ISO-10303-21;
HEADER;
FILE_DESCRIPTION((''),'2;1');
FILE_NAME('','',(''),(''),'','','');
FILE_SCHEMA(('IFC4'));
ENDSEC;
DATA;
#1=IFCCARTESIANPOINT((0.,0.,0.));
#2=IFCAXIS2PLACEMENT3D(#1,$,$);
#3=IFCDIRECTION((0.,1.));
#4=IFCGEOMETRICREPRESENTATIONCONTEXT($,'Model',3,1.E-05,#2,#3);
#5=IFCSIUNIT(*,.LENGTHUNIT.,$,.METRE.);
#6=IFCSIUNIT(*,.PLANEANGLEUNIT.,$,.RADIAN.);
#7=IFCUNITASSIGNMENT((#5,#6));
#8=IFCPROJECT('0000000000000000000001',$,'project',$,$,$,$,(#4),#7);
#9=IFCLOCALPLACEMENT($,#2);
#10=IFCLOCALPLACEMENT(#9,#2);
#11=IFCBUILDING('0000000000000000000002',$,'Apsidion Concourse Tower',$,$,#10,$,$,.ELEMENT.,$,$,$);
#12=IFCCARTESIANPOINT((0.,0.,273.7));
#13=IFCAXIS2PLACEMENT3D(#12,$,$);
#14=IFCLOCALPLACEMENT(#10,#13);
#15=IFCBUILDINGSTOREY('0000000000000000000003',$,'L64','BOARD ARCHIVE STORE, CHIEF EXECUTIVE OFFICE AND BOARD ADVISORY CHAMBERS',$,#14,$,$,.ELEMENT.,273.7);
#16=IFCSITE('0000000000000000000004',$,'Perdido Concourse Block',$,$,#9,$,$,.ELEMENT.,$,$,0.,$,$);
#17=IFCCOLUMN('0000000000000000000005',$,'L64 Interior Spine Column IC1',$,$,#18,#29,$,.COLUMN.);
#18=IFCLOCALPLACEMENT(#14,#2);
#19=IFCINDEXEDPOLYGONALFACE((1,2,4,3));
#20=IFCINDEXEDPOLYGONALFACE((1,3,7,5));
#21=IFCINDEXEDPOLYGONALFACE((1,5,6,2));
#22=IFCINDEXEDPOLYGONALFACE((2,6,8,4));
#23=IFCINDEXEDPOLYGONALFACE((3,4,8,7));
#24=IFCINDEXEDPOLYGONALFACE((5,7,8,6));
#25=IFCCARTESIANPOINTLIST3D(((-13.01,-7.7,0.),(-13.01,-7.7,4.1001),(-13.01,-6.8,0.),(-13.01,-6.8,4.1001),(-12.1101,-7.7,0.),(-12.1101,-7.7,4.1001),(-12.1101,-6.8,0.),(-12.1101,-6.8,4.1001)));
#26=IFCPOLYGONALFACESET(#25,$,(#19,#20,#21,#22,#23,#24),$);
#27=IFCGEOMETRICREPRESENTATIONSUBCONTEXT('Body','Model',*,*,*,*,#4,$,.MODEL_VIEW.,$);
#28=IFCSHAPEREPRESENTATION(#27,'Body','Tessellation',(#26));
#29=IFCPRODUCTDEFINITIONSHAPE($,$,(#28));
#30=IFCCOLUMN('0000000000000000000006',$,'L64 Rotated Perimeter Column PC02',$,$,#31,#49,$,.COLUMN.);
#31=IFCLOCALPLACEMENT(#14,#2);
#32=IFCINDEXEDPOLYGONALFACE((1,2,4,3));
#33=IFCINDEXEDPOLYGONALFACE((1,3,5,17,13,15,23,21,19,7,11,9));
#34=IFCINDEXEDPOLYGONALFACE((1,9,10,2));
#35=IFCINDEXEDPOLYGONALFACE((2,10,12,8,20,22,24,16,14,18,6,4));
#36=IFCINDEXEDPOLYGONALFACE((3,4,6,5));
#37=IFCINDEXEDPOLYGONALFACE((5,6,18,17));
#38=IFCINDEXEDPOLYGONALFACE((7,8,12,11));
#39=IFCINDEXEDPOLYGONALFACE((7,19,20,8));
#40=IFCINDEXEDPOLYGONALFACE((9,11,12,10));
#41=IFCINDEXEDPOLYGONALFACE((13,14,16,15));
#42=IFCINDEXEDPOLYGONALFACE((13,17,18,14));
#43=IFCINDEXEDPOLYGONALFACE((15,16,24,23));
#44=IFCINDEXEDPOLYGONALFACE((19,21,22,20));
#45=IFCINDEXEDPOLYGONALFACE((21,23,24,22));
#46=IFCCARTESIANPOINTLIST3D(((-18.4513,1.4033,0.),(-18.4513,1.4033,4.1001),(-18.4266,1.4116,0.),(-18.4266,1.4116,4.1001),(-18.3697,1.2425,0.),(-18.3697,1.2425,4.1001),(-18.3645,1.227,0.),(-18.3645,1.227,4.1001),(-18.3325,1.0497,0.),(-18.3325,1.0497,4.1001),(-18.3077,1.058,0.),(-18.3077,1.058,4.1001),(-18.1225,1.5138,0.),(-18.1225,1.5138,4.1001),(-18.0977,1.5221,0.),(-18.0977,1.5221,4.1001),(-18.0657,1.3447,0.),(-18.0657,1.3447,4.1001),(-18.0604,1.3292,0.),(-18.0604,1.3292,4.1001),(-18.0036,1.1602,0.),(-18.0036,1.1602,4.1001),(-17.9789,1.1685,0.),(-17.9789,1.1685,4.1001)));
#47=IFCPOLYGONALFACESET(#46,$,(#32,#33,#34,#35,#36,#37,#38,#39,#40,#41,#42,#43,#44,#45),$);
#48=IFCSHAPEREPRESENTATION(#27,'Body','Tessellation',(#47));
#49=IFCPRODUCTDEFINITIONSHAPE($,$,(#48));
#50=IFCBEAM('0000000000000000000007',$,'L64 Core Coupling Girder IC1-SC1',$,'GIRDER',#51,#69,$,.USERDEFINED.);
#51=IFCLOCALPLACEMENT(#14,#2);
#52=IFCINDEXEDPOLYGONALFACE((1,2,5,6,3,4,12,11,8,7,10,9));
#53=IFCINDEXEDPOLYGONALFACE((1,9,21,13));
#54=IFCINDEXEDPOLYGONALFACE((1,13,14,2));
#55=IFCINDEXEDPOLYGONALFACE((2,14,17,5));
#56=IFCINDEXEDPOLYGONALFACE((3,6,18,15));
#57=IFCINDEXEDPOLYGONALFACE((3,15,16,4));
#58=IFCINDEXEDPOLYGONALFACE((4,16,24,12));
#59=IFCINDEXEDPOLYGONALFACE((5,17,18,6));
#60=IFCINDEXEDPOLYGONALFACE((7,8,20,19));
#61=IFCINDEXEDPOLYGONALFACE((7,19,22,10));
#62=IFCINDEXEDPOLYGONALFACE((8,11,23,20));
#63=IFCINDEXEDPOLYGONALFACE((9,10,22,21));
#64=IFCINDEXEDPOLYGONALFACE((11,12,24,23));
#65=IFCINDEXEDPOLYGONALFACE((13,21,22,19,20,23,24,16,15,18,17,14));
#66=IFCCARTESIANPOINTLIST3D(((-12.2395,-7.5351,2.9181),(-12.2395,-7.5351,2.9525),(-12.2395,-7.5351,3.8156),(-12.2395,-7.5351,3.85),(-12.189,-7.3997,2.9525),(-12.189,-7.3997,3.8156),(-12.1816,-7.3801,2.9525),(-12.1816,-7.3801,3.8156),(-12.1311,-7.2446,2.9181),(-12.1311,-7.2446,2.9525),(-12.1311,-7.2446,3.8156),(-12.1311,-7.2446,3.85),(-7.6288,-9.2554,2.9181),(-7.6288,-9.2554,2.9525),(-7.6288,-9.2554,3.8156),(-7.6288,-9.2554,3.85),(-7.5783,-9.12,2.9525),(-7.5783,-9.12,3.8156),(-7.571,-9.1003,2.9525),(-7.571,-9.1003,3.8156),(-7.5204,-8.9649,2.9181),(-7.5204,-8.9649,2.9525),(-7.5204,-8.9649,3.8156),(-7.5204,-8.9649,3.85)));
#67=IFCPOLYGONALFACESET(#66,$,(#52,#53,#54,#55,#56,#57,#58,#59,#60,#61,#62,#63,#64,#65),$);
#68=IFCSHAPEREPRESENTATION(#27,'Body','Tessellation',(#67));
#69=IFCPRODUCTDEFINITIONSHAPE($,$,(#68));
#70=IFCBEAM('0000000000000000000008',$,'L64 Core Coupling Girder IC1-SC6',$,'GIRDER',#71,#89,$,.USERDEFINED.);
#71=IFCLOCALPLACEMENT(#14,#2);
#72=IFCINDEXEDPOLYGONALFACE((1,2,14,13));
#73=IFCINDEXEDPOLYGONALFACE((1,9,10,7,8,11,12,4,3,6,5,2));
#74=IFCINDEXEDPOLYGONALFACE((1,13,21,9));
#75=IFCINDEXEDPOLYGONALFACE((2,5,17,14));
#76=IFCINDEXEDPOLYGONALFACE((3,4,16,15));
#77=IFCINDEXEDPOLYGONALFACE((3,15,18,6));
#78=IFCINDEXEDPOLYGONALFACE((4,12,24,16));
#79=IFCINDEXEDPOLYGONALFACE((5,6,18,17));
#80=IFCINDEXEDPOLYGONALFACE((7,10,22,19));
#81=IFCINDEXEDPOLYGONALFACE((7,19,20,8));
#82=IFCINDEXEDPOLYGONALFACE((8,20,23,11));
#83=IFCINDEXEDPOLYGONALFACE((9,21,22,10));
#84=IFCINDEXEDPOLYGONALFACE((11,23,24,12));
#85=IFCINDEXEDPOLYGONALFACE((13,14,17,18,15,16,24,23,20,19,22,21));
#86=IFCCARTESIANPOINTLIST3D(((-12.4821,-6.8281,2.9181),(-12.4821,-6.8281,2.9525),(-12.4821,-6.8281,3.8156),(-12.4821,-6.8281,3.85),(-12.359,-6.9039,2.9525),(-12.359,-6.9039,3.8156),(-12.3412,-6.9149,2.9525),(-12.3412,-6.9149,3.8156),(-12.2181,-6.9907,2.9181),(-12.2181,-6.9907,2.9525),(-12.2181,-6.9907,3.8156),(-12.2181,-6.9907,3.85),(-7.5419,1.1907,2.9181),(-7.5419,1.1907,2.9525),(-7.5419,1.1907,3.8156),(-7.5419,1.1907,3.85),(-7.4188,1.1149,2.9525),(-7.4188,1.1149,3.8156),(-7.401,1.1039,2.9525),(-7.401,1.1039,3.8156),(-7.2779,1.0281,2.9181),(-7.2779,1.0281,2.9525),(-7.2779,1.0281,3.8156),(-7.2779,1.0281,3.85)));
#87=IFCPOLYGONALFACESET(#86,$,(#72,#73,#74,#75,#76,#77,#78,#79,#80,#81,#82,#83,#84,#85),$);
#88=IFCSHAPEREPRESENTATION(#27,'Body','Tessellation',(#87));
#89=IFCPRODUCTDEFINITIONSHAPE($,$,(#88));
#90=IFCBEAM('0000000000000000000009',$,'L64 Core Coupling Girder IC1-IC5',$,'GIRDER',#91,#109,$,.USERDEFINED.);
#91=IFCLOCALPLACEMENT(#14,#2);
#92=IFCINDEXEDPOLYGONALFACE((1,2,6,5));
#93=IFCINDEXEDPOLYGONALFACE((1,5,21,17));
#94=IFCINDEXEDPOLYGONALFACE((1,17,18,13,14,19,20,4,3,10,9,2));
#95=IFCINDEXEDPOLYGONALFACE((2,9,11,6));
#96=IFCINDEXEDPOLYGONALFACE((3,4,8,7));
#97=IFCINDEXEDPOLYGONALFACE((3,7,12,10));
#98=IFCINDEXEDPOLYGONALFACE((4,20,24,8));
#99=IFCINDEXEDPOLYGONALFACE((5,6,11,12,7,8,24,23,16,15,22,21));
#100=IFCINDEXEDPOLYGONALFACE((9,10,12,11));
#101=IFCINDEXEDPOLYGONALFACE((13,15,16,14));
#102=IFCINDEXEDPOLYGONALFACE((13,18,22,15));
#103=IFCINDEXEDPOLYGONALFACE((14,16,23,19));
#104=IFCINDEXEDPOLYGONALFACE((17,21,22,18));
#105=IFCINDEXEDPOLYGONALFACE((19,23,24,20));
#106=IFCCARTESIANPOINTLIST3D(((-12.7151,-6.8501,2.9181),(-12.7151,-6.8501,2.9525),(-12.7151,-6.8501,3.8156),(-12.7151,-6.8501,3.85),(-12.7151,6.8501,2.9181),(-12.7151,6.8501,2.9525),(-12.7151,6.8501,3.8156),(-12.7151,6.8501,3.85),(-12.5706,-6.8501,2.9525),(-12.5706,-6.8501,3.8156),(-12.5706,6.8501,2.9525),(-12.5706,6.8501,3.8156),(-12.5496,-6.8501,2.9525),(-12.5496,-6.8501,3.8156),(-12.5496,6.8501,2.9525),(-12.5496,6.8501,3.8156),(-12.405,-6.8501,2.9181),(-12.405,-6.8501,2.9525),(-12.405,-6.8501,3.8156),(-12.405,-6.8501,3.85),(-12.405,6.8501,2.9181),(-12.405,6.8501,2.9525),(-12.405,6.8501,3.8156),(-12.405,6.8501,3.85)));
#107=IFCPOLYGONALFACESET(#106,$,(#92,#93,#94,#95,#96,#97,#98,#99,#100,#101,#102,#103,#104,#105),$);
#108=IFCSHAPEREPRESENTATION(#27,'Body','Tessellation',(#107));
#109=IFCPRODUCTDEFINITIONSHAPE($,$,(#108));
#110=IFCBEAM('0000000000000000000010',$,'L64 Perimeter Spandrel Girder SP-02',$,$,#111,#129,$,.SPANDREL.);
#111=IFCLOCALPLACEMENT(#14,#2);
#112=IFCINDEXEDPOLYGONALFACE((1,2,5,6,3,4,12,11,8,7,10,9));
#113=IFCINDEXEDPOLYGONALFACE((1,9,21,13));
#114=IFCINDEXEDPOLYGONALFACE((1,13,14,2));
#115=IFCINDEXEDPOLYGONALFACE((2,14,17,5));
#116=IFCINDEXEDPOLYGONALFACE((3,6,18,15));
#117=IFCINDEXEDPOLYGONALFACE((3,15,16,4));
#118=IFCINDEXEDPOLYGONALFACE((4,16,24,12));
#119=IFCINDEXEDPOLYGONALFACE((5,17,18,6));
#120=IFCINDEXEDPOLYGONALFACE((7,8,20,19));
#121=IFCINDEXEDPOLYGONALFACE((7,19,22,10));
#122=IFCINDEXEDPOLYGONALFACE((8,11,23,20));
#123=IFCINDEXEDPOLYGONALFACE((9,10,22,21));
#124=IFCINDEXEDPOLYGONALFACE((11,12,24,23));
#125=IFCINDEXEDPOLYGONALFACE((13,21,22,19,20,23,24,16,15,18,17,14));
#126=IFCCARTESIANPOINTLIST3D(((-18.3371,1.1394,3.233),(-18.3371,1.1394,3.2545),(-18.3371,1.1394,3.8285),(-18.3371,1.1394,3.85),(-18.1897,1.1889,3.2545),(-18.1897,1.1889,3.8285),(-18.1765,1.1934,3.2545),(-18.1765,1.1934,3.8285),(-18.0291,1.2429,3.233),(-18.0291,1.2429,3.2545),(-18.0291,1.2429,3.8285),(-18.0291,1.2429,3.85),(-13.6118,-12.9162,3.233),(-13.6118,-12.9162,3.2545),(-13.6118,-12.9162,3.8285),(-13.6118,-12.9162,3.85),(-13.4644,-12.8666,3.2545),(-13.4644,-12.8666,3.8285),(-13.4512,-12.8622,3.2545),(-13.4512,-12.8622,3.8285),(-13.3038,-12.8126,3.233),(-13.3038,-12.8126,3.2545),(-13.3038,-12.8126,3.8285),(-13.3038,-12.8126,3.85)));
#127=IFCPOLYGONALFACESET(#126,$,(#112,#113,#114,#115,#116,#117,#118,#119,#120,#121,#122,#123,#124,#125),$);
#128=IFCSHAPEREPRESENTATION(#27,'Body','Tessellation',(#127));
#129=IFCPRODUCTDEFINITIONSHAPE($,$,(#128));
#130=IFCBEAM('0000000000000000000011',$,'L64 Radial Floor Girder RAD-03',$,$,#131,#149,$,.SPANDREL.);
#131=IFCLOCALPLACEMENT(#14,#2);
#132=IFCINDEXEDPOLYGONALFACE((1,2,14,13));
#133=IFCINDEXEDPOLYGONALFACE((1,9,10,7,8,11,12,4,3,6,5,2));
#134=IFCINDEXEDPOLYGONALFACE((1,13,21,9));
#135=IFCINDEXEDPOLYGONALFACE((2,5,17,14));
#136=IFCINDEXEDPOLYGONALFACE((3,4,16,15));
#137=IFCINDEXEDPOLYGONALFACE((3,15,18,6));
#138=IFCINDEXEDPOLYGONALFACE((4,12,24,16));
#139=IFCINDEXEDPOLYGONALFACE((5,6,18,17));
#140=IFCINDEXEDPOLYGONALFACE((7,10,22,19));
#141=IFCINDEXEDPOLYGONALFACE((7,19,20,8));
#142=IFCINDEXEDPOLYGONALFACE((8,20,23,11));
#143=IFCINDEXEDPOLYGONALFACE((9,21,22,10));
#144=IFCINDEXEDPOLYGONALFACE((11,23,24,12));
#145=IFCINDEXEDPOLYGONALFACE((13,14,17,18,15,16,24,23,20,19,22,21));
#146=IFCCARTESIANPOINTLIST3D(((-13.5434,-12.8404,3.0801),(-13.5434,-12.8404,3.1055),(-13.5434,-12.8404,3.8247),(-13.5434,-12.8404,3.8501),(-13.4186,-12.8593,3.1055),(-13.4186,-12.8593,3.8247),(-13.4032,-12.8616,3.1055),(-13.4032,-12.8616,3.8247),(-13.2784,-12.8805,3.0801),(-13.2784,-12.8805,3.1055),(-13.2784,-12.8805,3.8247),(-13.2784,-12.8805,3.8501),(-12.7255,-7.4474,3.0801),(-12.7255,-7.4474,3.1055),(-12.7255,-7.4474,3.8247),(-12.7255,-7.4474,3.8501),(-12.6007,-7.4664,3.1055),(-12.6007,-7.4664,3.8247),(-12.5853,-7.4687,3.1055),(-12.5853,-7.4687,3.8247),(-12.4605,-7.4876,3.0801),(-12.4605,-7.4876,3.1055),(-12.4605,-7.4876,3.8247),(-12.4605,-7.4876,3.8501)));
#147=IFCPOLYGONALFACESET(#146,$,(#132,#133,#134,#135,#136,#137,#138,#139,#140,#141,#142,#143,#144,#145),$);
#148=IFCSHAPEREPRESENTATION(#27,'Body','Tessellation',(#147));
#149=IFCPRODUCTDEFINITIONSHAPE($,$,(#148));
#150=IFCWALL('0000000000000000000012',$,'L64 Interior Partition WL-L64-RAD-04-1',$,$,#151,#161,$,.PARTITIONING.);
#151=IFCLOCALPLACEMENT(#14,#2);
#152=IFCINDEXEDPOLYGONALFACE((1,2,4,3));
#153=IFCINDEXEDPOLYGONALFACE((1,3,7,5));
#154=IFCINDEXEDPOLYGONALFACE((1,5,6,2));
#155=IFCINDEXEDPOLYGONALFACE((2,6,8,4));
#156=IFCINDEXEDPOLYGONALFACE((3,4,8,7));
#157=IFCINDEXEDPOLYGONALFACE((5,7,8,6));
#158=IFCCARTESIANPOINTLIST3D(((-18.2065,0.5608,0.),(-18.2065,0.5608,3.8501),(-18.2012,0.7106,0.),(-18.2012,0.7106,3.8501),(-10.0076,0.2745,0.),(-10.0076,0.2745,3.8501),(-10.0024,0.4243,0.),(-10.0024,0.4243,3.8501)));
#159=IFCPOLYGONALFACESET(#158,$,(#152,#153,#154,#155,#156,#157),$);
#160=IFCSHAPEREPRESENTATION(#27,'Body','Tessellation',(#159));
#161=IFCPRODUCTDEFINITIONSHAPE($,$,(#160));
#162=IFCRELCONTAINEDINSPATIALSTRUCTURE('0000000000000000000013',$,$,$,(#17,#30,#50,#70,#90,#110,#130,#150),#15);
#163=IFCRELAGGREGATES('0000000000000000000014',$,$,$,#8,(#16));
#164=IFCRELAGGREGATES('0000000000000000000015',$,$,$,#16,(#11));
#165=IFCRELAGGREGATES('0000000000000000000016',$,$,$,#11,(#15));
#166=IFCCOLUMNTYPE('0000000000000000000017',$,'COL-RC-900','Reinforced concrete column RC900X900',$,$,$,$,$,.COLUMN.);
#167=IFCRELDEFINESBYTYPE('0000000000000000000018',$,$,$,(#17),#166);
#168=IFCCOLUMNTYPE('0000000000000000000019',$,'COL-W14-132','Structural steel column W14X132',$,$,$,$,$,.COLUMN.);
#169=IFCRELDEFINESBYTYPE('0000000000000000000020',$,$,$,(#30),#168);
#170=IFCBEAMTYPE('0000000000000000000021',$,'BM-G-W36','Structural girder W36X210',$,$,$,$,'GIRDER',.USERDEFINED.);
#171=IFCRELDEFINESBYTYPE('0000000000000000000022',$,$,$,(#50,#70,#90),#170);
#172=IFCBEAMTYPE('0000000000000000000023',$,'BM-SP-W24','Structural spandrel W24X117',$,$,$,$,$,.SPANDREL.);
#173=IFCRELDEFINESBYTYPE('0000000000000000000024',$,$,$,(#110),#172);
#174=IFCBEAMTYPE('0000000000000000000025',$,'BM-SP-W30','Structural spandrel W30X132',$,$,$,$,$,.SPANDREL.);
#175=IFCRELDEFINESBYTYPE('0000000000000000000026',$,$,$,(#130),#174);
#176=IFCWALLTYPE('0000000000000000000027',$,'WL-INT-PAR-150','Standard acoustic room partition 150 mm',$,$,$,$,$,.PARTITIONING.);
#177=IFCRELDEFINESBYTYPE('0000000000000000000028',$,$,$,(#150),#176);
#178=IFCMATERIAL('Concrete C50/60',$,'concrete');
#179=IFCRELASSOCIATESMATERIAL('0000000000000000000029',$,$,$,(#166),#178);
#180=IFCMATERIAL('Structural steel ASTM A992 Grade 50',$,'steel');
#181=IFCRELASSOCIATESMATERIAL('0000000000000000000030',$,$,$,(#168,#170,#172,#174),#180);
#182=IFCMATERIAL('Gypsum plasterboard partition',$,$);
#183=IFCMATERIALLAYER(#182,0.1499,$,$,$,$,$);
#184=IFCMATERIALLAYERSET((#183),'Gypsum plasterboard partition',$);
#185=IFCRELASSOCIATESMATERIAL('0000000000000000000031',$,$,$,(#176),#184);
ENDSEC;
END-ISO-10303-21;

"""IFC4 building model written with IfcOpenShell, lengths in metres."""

from ifc_helpers import new_model, si_unit, direction, frame, frame_2d, origin, origin_2d, place, context, subcontext, project, spatial, rectangle, i_section, extrude, material, layer, layer_set, material_profile, profile_set, type_object, element, save


model = new_model("IFC4")

# Units and contexts
model_context = context("Model", 3, precision=1e-05, world=origin(), true_north=direction((0.0, 1.0)))
body_context = subcontext(model_context, "Body", "Model", "MODEL_VIEW")
ifc_project = project(units=[si_unit("LENGTHUNIT", "METRE"), si_unit("PLANEANGLEUNIT", "RADIAN")], contexts=[model_context])

# Site, building, storey
site_placement = place(None, origin())
site = spatial("IfcSite", under=ifc_project, at=site_placement, Name="Perdido Concourse Block", CompositionType="ELEMENT", RefElevation=0.0)
building_placement = place(site_placement, origin())
building = spatial("IfcBuilding", under=site, at=building_placement, Name="Apsidion Concourse Tower", CompositionType="ELEMENT")
storey_placement = place(building_placement, frame((0.0, 0.0, 273.7)))
storey = spatial("IfcBuildingStorey", under=building, at=storey_placement, Name="L64", Description="BOARD ARCHIVE STORE, CHIEF EXECUTIVE OFFICE AND BOARD ADVISORY CHAMBERS", CompositionType="ELEMENT", Elevation=273.7)

# Columns
ifc_material_1 = material(Name="Concrete C50/60", Category="concrete")
ifc_material_profile_1 = material_profile(ifc_material_1, rectangle(XDim=0.8999, YDim=0.8999, at=origin_2d()), Name="RC 900x900")
ifc_profile_set_1 = profile_set([ifc_material_profile_1], Name="Concrete C50/60")
column_type_1 = type_object("IfcColumnType", Name="COL-RC-900", Description="Reinforced concrete column RC900X900", PredefinedType="COLUMN", material=ifc_profile_set_1)
column_1_placement = place(storey_placement, frame((-12.5601, -7.25, 0.0), z_axis=(0.0, 0.0, 1.0), x_axis=(1.0, 0.0, 0.0)))
element("IfcColumn", 1, at=column_1_placement, inside=storey, type_object=column_type_1, Name="L64 Interior Spine Column IC1", PredefinedType="COLUMN", context=body_context, shape_type="SweptSolid", body=[
    extrude(rectangle(XDim=0.8999, YDim=0.8999, at=origin_2d()), origin(), (0.0, 0.0, 1.0), 4.1001),
])
ifc_material_2 = material(Name="Structural steel ASTM A992 Grade 50", Category="steel")
ifc_material_profile_2 = material_profile(ifc_material_2, i_section(OverallWidth=0.373, OverallDepth=0.373, WebThickness=0.0164, FlangeThickness=0.0261, at=origin_2d()), Name="W14X132")
ifc_profile_set_2 = profile_set([ifc_material_profile_2], Name="Structural steel ASTM A992 Grade 50")
column_type_2 = type_object("IfcColumnType", Name="COL-W14-132", Description="Structural steel column W14X132", PredefinedType="COLUMN", material=ifc_profile_set_2)
column_2_placement = place(storey_placement, frame((-18.2151, 1.2859, 0.0), z_axis=(0.0, 0.0, 1.0), x_axis=(-0.318628, 0.94788, 0.0)))
element("IfcColumn", 2, at=column_2_placement, inside=storey, type_object=column_type_2, Name="L64 Rotated Perimeter Column PC02", PredefinedType="COLUMN", context=body_context, shape_type="SweptSolid", body=[
    extrude(i_section(OverallWidth=0.373, OverallDepth=0.373, WebThickness=0.0164, FlangeThickness=0.0261, at=origin_2d()), origin(), (0.0, 0.0, 1.0), 4.1001),
])

# Beams
ifc_material_profile_3 = material_profile(ifc_material_2, i_section(OverallWidth=0.3101, OverallDepth=0.9319, WebThickness=0.021, FlangeThickness=0.0344, at=origin_2d()), Name="W36X210")
ifc_profile_set_3 = profile_set([ifc_material_profile_3], Name="Structural steel ASTM A992 Grade 50")
beam_type_1 = type_object("IfcBeamType", Name="BM-G-W36", Description="Structural girder W36X210", ElementType="GIRDER", PredefinedType="USERDEFINED", material=ifc_profile_set_3)
beam_1_placement = place(storey_placement, frame((-12.1853, -7.3899, 3.384), z_axis=(0.936913, -0.349563, 0.0), x_axis=(0.349563, 0.936913, 0.0)))
element("IfcBeam", 3, at=beam_1_placement, inside=storey, type_object=beam_type_1, Name="L64 Core Coupling Girder IC1-SC1", ObjectType="GIRDER", PredefinedType="USERDEFINED", context=body_context, shape_type="SweptSolid", body=[
    extrude(i_section(OverallWidth=0.3101, OverallDepth=0.9319, WebThickness=0.021, FlangeThickness=0.0344, at=origin_2d()), origin(), (0.0, 0.0, 1.0), 4.9211),
])
beam_2_placement = place(storey_placement, frame((-12.3501, -6.9094, 3.384), z_axis=(0.524524, 0.851396, 0.0), x_axis=(-0.851396, 0.524524, 0.0)))
element("IfcBeam", 4, at=beam_2_placement, inside=storey, type_object=beam_type_1, Name="L64 Core Coupling Girder IC1-SC6", ObjectType="GIRDER", PredefinedType="USERDEFINED", context=body_context, shape_type="SweptSolid", body=[
    extrude(i_section(OverallWidth=0.3101, OverallDepth=0.9319, WebThickness=0.021, FlangeThickness=0.0344, at=origin_2d()), origin(), (0.0, 0.0, 1.0), 9.4185),
])
beam_3_placement = place(storey_placement, frame((-12.5601, -6.8501, 3.384), z_axis=(0.0, 1.0, 0.0), x_axis=(-1.0, 0.0, 0.0)))
element("IfcBeam", 5, at=beam_3_placement, inside=storey, type_object=beam_type_1, Name="L64 Core Coupling Girder IC1-IC5", ObjectType="GIRDER", PredefinedType="USERDEFINED", context=body_context, shape_type="SweptSolid", body=[
    extrude(i_section(OverallWidth=0.3101, OverallDepth=0.9319, WebThickness=0.021, FlangeThickness=0.0344, at=origin_2d()), origin(), (0.0, 0.0, 1.0), 13.7002),
])
ifc_material_profile_4 = material_profile(ifc_material_2, i_section(OverallWidth=0.325, OverallDepth=0.6169, WebThickness=0.0139, FlangeThickness=0.0215, at=origin_2d()), Name="W24X117")
ifc_profile_set_4 = profile_set([ifc_material_profile_4], Name="Structural steel ASTM A992 Grade 50")
beam_type_2 = type_object("IfcBeamType", Name="BM-SP-W24", Description="Structural spandrel W24X117", PredefinedType="SPANDREL", material=ifc_profile_set_4)
beam_4_placement = place(storey_placement, frame((-18.1831, 1.1912, 3.5415), z_axis=(0.318662, -0.947868, 0.0), x_axis=(0.947868, 0.318662, 0.0)))
element("IfcBeam", 6, at=beam_4_placement, inside=storey, type_object=beam_type_2, Name="L64 Perimeter Spandrel Girder SP-02", PredefinedType="SPANDREL", context=body_context, shape_type="SweptSolid", body=[
    extrude(i_section(OverallWidth=0.325, OverallDepth=0.6169, WebThickness=0.0139, FlangeThickness=0.0215, at=origin_2d()), origin(), (0.0, 0.0, 1.0), 14.8286),
])
ifc_material_profile_5 = material_profile(ifc_material_2, i_section(OverallWidth=0.2681, OverallDepth=0.77, WebThickness=0.0156, FlangeThickness=0.0254, at=origin_2d()), Name="W30X132")
ifc_profile_set_5 = profile_set([ifc_material_profile_5], Name="Structural steel ASTM A992 Grade 50")
beam_type_3 = type_object("IfcBeamType", Name="BM-SP-W30", Description="Structural spandrel W30X132", PredefinedType="SPANDREL", material=ifc_profile_set_5)
beam_5_placement = place(storey_placement, frame((-12.593, -7.4675, 3.4651), z_axis=(-0.149945, -0.988694, 0.0), x_axis=(0.988694, -0.149945, 0.0)))
element("IfcBeam", 7, at=beam_5_placement, inside=storey, type_object=beam_type_3, Name="L64 Radial Floor Girder RAD-03", PredefinedType="SPANDREL", context=body_context, shape_type="SweptSolid", body=[
    extrude(i_section(OverallWidth=0.2681, OverallDepth=0.77, WebThickness=0.0156, FlangeThickness=0.0254, at=origin_2d()), origin(), (0.0, 0.0, 1.0), 5.4546),
])

# Wall
ifc_material_3 = material(Name="Gypsum plasterboard partition")
ifc_layer_1 = layer(ifc_material_3, 0.1499)
ifc_layer_set_1 = layer_set([ifc_layer_1], Name="Gypsum plasterboard partition")
wall_type_1 = type_object("IfcWallType", Name="WL-INT-PAR-150", Description="Standard acoustic room partition 150 mm", PredefinedType="PARTITIONING", material=ifc_layer_set_1)
wall_1_placement = place(storey_placement, frame((-10.0049, 0.3494, 0.0), z_axis=(0.0, 0.0, 1.0), x_axis=(-0.999391, 0.034907, 0.0)))
element("IfcWall", 8, at=wall_1_placement, inside=storey, type_object=wall_type_1, Name="L64 Interior Partition WL-L64-RAD-04-1", PredefinedType="PARTITIONING", context=body_context, shape_type="SweptSolid", body=[
    extrude(rectangle(XDim=8.2039, YDim=0.1499, at=frame_2d((4.1021, 0.0))), origin(), (0.0, 0.0, 1.0), 3.8501),
])

save(model, "model.ifc")
